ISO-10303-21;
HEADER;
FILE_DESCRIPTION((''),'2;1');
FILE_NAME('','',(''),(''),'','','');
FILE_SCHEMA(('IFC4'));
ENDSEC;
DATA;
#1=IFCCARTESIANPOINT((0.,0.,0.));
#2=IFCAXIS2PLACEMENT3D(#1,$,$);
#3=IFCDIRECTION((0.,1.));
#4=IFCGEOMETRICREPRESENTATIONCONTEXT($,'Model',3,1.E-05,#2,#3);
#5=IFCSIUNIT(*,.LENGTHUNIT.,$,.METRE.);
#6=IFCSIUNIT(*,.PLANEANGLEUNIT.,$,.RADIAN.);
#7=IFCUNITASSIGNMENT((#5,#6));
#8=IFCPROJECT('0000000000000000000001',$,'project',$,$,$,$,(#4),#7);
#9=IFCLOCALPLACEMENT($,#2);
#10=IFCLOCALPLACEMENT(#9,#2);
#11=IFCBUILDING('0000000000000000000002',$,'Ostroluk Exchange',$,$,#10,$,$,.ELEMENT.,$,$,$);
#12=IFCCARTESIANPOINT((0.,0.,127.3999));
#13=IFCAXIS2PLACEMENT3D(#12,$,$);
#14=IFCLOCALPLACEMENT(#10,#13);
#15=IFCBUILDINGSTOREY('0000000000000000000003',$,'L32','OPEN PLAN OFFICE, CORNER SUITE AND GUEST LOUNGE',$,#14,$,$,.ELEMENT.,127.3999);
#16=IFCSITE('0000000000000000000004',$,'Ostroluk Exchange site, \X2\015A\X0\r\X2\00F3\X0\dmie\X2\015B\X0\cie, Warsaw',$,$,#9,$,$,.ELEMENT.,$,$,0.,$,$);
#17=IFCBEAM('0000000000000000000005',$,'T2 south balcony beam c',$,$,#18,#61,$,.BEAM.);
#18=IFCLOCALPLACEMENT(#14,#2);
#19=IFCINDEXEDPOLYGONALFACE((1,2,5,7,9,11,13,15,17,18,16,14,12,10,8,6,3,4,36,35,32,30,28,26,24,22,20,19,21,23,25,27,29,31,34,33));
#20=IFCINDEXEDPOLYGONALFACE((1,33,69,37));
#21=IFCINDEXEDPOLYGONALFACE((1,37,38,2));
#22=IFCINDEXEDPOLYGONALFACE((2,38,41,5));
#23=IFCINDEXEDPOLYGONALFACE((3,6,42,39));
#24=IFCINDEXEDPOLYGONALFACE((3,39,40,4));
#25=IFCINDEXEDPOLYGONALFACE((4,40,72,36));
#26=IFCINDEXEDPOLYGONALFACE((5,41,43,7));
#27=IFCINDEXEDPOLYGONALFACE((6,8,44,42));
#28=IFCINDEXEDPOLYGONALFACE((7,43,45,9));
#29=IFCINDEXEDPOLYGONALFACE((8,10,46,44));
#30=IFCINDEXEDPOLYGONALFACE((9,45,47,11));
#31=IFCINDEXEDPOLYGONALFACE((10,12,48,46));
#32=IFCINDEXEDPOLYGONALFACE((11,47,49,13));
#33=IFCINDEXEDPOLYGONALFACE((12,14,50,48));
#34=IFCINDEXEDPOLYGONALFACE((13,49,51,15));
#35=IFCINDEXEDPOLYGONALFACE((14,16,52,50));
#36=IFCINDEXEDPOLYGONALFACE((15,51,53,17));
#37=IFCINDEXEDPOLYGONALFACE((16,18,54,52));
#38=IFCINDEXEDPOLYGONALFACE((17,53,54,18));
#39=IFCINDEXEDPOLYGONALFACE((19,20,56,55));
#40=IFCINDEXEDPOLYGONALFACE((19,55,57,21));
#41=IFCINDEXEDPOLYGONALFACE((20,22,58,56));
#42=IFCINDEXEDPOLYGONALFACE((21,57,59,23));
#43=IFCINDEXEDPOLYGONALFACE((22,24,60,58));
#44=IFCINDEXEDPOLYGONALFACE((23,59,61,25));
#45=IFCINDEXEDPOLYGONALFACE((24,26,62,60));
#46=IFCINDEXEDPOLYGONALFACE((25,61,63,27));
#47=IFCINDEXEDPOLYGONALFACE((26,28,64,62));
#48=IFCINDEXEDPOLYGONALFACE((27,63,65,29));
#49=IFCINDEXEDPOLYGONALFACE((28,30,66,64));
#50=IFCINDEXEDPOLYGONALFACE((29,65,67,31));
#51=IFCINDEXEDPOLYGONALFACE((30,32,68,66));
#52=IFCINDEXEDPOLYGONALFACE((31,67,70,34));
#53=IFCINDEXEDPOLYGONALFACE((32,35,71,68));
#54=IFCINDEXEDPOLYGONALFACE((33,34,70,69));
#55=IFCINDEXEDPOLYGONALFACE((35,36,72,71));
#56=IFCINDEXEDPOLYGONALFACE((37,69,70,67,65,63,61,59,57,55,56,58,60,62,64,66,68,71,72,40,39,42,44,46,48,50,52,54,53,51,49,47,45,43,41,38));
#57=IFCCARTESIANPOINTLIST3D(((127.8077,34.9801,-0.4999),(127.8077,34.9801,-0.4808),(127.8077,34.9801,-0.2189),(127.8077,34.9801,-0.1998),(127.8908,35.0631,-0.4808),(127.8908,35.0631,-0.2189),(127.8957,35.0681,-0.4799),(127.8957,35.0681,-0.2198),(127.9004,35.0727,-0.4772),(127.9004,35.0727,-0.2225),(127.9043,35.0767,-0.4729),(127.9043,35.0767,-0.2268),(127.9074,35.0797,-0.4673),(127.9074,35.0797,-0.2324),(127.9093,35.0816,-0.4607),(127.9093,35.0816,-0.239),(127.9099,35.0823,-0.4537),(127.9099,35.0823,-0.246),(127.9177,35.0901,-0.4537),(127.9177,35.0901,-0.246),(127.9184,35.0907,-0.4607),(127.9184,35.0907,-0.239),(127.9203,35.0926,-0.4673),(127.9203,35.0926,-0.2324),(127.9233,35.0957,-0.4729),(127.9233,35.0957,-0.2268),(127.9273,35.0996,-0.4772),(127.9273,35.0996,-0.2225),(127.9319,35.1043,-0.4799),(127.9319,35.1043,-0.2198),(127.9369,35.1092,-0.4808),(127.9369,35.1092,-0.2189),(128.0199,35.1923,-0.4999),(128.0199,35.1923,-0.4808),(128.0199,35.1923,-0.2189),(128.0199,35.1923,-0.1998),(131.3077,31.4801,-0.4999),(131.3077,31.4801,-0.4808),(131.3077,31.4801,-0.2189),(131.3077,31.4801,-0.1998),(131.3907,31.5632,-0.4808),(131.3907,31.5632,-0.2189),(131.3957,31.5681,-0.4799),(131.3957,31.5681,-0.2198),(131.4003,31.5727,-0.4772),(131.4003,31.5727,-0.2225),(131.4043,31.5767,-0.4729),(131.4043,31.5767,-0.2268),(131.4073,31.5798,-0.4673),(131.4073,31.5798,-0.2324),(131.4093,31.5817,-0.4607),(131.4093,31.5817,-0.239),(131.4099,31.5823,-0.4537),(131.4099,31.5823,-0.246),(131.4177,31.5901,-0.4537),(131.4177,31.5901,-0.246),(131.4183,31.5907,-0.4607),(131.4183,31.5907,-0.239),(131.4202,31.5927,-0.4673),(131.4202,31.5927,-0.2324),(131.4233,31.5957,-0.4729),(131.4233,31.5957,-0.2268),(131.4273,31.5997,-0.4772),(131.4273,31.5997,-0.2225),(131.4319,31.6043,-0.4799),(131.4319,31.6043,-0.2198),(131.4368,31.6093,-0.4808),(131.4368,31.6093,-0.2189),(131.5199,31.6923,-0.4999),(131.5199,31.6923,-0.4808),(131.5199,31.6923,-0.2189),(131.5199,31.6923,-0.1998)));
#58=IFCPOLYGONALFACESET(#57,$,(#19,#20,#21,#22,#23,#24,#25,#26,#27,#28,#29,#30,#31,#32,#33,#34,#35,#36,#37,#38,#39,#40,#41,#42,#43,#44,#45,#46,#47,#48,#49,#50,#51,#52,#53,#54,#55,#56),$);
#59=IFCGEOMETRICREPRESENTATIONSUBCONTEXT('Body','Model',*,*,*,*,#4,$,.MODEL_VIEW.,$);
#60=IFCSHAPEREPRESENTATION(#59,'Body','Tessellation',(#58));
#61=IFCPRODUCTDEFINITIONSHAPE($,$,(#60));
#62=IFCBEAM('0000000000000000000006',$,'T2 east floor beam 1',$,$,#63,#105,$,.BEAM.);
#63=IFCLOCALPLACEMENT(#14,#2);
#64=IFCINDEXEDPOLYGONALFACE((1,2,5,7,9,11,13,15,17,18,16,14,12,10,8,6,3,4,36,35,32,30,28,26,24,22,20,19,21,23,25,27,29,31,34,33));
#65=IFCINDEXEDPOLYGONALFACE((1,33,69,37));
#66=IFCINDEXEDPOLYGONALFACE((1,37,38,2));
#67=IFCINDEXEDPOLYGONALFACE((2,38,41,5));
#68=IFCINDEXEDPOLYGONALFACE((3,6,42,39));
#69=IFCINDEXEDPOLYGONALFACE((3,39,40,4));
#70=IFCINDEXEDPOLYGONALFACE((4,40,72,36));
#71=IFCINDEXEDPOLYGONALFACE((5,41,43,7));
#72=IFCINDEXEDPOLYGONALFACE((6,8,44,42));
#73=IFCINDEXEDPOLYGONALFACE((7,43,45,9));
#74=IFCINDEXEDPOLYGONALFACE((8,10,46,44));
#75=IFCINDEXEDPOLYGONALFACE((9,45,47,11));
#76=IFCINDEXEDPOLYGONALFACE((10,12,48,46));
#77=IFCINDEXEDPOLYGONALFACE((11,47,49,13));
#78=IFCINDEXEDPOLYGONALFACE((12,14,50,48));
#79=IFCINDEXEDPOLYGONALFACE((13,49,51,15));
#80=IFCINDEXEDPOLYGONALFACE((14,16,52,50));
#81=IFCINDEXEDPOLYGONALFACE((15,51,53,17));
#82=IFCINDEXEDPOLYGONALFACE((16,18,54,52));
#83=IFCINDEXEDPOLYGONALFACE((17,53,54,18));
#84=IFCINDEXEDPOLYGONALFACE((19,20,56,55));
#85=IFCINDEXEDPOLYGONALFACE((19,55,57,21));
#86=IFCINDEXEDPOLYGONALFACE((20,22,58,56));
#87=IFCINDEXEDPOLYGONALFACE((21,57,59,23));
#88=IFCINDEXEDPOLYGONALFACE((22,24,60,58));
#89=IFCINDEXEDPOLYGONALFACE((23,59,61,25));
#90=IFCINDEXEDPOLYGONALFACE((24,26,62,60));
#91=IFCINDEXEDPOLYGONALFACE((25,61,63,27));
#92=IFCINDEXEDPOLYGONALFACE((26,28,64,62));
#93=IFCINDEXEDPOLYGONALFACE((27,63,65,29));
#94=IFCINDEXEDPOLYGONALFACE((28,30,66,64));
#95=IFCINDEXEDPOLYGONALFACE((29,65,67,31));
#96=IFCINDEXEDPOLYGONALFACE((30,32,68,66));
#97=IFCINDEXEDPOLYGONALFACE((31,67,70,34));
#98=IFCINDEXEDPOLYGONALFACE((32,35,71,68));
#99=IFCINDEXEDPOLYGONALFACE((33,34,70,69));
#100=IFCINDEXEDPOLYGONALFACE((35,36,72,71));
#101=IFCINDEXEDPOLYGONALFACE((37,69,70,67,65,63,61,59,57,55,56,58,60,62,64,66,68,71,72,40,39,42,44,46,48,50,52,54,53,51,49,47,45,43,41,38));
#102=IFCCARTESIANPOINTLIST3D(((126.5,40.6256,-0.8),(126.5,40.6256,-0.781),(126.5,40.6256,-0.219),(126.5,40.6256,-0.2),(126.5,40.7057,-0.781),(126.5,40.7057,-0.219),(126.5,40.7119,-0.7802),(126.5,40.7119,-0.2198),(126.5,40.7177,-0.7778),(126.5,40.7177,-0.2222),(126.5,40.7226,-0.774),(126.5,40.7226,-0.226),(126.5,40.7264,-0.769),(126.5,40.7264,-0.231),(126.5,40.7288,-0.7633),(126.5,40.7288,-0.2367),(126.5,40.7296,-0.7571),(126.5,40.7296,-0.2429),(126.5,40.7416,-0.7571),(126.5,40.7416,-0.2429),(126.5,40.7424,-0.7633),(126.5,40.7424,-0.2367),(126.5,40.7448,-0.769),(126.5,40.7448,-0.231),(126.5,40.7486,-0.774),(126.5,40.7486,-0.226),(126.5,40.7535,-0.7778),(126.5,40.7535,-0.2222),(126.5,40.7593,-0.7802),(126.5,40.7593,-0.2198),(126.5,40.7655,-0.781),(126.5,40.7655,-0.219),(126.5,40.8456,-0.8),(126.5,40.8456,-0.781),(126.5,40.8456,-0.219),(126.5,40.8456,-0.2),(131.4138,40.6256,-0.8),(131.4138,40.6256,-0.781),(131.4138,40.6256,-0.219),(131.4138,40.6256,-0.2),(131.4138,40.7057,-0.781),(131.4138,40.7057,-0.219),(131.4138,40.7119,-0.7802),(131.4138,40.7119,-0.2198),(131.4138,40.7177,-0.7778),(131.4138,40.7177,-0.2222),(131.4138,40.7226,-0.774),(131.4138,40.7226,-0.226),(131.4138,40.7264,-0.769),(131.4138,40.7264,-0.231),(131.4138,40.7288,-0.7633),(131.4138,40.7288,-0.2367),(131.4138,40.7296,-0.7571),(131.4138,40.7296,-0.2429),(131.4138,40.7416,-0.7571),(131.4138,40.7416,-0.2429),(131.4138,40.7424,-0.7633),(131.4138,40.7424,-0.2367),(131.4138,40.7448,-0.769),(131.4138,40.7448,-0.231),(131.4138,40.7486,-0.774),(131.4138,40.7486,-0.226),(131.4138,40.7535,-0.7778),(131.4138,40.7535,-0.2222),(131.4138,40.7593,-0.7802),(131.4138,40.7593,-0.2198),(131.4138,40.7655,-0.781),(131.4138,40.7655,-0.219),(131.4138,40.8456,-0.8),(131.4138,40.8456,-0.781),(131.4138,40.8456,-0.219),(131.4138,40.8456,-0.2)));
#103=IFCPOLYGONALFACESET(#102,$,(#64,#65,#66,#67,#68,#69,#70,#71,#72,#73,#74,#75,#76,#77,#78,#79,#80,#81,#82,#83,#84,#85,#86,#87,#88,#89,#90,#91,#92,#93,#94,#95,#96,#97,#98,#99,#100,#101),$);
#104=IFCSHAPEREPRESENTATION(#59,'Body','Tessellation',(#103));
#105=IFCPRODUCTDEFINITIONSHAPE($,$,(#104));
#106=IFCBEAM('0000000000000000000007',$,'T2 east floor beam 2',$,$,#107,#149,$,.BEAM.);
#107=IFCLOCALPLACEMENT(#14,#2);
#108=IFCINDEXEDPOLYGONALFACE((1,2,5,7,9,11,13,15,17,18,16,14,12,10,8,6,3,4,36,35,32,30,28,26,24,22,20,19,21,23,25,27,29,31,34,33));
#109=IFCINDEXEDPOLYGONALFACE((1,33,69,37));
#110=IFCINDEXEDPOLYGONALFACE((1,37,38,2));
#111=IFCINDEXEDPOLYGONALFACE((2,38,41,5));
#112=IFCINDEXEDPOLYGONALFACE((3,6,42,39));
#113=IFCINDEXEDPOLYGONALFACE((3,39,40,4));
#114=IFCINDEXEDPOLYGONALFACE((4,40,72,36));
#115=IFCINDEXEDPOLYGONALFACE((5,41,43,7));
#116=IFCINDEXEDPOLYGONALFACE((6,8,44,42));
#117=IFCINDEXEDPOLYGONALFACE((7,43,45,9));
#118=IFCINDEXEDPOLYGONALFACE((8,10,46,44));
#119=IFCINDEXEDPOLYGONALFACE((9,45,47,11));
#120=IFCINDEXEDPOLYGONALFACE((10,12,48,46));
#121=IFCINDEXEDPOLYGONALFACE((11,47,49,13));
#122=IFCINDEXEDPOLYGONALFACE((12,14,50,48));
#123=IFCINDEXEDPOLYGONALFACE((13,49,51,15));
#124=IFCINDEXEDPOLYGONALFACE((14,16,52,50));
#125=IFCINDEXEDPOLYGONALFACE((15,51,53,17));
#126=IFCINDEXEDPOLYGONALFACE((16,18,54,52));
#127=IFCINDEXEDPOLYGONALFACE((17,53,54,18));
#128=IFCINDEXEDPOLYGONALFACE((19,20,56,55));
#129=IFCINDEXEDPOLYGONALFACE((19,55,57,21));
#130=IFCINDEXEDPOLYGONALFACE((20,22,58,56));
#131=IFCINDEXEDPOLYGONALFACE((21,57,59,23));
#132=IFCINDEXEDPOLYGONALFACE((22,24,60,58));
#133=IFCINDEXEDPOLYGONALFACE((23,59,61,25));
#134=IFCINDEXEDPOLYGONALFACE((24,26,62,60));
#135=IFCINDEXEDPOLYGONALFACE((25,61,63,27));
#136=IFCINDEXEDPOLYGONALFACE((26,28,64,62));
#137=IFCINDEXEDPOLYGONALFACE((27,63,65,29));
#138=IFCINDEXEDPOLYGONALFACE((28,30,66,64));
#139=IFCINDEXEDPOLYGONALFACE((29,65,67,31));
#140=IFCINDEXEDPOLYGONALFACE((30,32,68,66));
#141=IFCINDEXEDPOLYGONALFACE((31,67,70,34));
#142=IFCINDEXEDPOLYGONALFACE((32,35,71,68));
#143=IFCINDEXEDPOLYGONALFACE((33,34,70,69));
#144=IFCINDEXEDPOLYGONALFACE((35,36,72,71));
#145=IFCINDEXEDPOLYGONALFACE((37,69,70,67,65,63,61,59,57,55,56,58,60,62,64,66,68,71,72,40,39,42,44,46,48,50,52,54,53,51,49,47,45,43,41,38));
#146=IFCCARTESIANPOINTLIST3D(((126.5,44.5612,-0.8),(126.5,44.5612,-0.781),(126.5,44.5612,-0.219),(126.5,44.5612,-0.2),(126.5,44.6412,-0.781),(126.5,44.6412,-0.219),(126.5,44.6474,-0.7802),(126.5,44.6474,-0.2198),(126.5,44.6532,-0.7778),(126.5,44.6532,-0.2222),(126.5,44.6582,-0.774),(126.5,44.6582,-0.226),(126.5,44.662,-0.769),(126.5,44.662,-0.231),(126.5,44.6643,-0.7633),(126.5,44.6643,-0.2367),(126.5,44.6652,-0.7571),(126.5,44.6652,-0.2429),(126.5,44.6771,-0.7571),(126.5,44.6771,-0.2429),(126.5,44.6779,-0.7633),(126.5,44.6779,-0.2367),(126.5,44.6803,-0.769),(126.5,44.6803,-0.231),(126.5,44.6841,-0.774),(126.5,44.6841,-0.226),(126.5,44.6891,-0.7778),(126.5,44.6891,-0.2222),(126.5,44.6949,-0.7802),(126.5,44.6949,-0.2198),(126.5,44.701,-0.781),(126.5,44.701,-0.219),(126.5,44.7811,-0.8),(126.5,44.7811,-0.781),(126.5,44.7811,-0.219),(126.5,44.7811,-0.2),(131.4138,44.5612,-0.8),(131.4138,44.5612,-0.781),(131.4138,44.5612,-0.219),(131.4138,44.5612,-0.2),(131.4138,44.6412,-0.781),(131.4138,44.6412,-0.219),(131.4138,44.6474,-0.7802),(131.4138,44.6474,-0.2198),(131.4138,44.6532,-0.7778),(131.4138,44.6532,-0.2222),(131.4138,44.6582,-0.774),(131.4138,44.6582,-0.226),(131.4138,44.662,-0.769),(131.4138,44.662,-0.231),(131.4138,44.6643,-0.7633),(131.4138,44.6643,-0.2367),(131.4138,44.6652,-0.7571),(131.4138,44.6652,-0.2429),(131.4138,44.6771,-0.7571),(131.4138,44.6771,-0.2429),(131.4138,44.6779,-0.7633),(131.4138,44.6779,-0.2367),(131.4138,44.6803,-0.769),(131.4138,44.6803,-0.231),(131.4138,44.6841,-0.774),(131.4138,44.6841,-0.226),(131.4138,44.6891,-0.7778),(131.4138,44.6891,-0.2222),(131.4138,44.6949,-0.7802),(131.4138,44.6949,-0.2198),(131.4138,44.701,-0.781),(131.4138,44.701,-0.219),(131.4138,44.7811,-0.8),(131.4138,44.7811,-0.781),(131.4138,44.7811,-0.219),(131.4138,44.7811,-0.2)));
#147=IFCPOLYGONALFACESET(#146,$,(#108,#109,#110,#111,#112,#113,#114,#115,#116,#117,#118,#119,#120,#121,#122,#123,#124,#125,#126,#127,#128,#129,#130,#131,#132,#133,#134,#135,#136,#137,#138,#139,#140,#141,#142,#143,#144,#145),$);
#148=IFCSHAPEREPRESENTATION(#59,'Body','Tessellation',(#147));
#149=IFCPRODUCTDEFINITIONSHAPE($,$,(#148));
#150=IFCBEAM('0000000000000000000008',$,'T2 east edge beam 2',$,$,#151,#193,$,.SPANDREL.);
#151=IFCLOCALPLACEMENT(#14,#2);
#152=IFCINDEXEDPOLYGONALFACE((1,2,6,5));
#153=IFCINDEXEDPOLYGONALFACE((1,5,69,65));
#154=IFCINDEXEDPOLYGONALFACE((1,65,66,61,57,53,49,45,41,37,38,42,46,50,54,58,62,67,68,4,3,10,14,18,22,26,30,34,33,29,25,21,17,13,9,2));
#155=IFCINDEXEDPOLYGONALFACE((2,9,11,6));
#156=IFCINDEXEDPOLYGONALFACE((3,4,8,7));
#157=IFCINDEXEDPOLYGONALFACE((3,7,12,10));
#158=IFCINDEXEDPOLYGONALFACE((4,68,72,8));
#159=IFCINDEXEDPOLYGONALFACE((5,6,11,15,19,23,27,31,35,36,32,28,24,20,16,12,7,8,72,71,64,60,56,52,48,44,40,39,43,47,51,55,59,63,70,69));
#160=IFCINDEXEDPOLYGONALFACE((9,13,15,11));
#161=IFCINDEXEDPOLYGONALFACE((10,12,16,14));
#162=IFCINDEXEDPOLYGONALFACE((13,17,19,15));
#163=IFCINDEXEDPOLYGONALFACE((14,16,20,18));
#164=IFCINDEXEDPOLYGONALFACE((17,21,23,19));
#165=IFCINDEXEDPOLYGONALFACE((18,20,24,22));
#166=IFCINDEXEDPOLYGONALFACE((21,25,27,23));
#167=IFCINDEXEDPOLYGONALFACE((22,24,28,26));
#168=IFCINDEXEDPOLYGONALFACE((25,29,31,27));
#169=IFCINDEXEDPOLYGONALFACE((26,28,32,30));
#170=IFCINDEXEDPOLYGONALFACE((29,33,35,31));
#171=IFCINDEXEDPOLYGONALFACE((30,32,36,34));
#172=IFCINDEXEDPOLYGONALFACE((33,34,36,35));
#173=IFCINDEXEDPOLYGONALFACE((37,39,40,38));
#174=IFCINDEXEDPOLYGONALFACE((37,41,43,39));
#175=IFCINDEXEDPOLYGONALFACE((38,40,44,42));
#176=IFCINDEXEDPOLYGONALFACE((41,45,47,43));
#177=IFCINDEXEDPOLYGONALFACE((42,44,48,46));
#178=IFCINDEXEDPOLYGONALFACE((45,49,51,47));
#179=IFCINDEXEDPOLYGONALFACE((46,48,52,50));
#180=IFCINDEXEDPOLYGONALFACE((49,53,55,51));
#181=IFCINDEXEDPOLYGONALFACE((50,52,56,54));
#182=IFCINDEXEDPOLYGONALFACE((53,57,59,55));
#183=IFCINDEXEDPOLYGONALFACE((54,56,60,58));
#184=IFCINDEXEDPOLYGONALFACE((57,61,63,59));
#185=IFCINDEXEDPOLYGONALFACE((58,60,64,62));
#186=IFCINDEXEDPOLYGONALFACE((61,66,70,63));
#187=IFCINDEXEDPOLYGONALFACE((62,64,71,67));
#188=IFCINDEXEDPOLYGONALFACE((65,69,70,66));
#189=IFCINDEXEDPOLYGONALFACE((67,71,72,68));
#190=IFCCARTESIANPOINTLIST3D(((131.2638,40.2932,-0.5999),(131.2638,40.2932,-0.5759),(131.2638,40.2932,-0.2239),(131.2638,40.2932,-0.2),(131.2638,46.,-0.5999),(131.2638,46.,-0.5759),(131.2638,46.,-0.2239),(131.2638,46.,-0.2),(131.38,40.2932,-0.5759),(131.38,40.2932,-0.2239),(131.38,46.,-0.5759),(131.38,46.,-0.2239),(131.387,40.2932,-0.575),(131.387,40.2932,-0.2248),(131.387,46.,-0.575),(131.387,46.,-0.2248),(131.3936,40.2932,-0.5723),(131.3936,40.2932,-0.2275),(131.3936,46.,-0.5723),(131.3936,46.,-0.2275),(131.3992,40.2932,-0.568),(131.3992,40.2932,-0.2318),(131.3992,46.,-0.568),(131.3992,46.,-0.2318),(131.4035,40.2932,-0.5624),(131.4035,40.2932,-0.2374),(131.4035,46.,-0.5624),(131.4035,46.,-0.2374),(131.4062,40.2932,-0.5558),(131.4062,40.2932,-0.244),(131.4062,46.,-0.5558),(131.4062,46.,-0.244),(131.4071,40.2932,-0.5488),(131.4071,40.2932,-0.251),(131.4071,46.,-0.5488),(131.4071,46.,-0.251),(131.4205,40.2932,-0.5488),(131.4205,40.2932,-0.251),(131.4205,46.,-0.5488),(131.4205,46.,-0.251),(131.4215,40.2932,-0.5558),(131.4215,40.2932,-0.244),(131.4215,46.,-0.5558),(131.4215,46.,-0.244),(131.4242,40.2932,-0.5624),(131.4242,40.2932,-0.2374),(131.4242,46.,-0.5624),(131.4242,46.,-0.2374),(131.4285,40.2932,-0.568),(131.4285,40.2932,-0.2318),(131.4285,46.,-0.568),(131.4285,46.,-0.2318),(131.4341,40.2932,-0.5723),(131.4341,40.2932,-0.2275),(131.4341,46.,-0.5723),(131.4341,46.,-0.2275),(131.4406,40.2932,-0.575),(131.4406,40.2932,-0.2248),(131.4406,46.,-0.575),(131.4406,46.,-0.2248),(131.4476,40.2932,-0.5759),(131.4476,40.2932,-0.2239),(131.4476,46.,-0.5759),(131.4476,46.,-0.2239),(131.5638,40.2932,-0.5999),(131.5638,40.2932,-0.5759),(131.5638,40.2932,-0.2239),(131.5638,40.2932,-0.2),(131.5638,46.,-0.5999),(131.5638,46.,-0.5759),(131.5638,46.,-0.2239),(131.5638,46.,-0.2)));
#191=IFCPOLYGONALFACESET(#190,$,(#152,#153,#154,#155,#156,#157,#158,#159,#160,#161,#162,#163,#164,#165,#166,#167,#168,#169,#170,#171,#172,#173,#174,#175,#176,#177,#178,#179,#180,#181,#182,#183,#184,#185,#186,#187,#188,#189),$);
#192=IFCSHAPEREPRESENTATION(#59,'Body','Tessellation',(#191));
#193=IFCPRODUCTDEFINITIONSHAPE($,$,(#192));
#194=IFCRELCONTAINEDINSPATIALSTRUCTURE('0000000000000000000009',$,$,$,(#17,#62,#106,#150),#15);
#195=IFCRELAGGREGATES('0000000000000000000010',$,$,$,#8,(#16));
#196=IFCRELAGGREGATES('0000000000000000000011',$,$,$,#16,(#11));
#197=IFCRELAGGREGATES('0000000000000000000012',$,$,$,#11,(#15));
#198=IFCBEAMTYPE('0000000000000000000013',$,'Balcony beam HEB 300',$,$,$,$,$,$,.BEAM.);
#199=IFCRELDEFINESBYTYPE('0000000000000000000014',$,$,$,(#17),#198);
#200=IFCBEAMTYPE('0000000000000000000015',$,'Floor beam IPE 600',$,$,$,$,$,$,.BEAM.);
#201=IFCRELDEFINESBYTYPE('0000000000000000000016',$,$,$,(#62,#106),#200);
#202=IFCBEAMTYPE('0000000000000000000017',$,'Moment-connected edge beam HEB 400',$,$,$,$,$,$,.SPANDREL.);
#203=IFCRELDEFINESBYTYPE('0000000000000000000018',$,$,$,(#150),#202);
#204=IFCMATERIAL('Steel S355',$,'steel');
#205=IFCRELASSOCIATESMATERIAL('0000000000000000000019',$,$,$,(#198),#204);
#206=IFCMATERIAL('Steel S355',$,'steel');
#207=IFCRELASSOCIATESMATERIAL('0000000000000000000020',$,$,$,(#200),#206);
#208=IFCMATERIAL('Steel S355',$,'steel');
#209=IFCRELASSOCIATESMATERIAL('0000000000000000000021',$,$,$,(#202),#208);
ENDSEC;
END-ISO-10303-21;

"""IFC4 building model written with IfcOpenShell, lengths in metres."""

from ifc_helpers import new_model, si_unit, direction, frame, origin, origin_2d, place, context, subcontext, project, spatial, i_section, extrude, material, material_profile, profile_set, type_object, element, save


model = new_model("IFC4")

# Units and contexts
model_context = context("Model", 3, precision=1e-05, world=origin(), true_north=direction((0.0, 1.0)))
body_context = subcontext(model_context, "Body", "Model", "MODEL_VIEW")
ifc_project = project(units=[si_unit("LENGTHUNIT", "METRE"), si_unit("PLANEANGLEUNIT", "RADIAN")], contexts=[model_context])

# Site, building, storey
site_placement = place(None, origin())
site = spatial("IfcSite", under=ifc_project, at=site_placement, Name="Ostroluk Exchange site, Śródmieście, Warsaw", CompositionType="ELEMENT", RefElevation=0.0)
building_placement = place(site_placement, origin())
building = spatial("IfcBuilding", under=site, at=building_placement, Name="Ostroluk Exchange", CompositionType="ELEMENT")
storey_placement = place(building_placement, frame((0.0, 0.0, 127.3999)))
storey = spatial("IfcBuildingStorey", under=building, at=storey_placement, Name="L32", Description="OPEN PLAN OFFICE, CORNER SUITE AND GUEST LOUNGE", CompositionType="ELEMENT", Elevation=127.3999)

# Beams
ifc_material_1 = material(Name="Steel S355", Category="steel")
ifc_material_profile_1 = material_profile(ifc_material_1, i_section(OverallWidth=0.3, OverallDepth=0.3, WebThickness=0.011, FlangeThickness=0.019, FilletRadius=0.0271, at=origin_2d()), Name="HEB 300")
ifc_profile_set_1 = profile_set([ifc_material_profile_1], Name="Steel S355")
beam_type_1 = type_object("IfcBeamType", Name="Balcony beam HEB 300", PredefinedType="BEAM", material=ifc_profile_set_1)
beam_1_placement = place(storey_placement, frame((127.9138, 35.0862, -0.3499), z_axis=(0.707107, -0.707107, 0.0), x_axis=(0.707107, 0.707107, 0.0)))
element("IfcBeam", 1, at=beam_1_placement, inside=storey, type_object=beam_type_1, Name="T2 south balcony beam c", PredefinedType="BEAM", context=body_context, shape_type="SweptSolid", body=[
    extrude(i_section(OverallWidth=0.3, OverallDepth=0.3, WebThickness=0.011, FlangeThickness=0.019, FilletRadius=0.0271, at=origin_2d()), origin(), (0.0, 0.0, 1.0), 4.9497),
])
ifc_material_2 = material(Name="Steel S355", Category="steel")
ifc_material_profile_2 = material_profile(ifc_material_2, i_section(OverallWidth=0.22, OverallDepth=0.6001, WebThickness=0.012, FlangeThickness=0.019, FilletRadius=0.0239, at=origin_2d()), Name="IPE 600")
ifc_profile_set_2 = profile_set([ifc_material_profile_2], Name="Steel S355")
beam_type_2 = type_object("IfcBeamType", Name="Floor beam IPE 600", PredefinedType="BEAM", material=ifc_profile_set_2)
for number, where, z_axis, x_axis, name in (
    (2, (126.5, 40.7356, -0.5), (1.0, 0.0, 0.0), (0.0, 1.0, 0.0), "T2 east floor beam 1"),
    (3, (126.5, 44.6711, -0.5), (1.0, 0.0, 0.0), (0.0, 1.0, 0.0), "T2 east floor beam 2"),
):
    element("IfcBeam", number, at=place(storey_placement, frame(where, z_axis=z_axis, x_axis=x_axis)), inside=storey, type_object=beam_type_2, Name=name, PredefinedType="BEAM", context=body_context, shape_type="SweptSolid", body=[
        extrude(i_section(OverallWidth=0.22, OverallDepth=0.6001, WebThickness=0.012, FlangeThickness=0.019, FilletRadius=0.0239, at=origin_2d()), origin(), (0.0, 0.0, 1.0), 4.9138),
    ])
ifc_material_3 = material(Name="Steel S355", Category="steel")
ifc_material_profile_3 = material_profile(ifc_material_3, i_section(OverallWidth=0.3, OverallDepth=0.3999, WebThickness=0.0134, FlangeThickness=0.0239, FilletRadius=0.0271, at=origin_2d()), Name="HEB 400")
ifc_profile_set_3 = profile_set([ifc_material_profile_3], Name="Steel S355")
beam_type_3 = type_object("IfcBeamType", Name="Moment-connected edge beam HEB 400", PredefinedType="SPANDREL", material=ifc_profile_set_3)
beam_2_placement = place(storey_placement, frame((131.4138, 40.2932, -0.3999), z_axis=(0.0, 1.0, 0.0), x_axis=(-1.0, 0.0, 0.0)))
element("IfcBeam", 4, at=beam_2_placement, inside=storey, type_object=beam_type_3, Name="T2 east edge beam 2", PredefinedType="SPANDREL", context=body_context, shape_type="SweptSolid", body=[
    extrude(i_section(OverallWidth=0.3, OverallDepth=0.3999, WebThickness=0.0134, FlangeThickness=0.0239, FilletRadius=0.0271, at=origin_2d()), origin(), (0.0, 0.0, 1.0), 5.7068),
])

save(model, "model.ifc")
